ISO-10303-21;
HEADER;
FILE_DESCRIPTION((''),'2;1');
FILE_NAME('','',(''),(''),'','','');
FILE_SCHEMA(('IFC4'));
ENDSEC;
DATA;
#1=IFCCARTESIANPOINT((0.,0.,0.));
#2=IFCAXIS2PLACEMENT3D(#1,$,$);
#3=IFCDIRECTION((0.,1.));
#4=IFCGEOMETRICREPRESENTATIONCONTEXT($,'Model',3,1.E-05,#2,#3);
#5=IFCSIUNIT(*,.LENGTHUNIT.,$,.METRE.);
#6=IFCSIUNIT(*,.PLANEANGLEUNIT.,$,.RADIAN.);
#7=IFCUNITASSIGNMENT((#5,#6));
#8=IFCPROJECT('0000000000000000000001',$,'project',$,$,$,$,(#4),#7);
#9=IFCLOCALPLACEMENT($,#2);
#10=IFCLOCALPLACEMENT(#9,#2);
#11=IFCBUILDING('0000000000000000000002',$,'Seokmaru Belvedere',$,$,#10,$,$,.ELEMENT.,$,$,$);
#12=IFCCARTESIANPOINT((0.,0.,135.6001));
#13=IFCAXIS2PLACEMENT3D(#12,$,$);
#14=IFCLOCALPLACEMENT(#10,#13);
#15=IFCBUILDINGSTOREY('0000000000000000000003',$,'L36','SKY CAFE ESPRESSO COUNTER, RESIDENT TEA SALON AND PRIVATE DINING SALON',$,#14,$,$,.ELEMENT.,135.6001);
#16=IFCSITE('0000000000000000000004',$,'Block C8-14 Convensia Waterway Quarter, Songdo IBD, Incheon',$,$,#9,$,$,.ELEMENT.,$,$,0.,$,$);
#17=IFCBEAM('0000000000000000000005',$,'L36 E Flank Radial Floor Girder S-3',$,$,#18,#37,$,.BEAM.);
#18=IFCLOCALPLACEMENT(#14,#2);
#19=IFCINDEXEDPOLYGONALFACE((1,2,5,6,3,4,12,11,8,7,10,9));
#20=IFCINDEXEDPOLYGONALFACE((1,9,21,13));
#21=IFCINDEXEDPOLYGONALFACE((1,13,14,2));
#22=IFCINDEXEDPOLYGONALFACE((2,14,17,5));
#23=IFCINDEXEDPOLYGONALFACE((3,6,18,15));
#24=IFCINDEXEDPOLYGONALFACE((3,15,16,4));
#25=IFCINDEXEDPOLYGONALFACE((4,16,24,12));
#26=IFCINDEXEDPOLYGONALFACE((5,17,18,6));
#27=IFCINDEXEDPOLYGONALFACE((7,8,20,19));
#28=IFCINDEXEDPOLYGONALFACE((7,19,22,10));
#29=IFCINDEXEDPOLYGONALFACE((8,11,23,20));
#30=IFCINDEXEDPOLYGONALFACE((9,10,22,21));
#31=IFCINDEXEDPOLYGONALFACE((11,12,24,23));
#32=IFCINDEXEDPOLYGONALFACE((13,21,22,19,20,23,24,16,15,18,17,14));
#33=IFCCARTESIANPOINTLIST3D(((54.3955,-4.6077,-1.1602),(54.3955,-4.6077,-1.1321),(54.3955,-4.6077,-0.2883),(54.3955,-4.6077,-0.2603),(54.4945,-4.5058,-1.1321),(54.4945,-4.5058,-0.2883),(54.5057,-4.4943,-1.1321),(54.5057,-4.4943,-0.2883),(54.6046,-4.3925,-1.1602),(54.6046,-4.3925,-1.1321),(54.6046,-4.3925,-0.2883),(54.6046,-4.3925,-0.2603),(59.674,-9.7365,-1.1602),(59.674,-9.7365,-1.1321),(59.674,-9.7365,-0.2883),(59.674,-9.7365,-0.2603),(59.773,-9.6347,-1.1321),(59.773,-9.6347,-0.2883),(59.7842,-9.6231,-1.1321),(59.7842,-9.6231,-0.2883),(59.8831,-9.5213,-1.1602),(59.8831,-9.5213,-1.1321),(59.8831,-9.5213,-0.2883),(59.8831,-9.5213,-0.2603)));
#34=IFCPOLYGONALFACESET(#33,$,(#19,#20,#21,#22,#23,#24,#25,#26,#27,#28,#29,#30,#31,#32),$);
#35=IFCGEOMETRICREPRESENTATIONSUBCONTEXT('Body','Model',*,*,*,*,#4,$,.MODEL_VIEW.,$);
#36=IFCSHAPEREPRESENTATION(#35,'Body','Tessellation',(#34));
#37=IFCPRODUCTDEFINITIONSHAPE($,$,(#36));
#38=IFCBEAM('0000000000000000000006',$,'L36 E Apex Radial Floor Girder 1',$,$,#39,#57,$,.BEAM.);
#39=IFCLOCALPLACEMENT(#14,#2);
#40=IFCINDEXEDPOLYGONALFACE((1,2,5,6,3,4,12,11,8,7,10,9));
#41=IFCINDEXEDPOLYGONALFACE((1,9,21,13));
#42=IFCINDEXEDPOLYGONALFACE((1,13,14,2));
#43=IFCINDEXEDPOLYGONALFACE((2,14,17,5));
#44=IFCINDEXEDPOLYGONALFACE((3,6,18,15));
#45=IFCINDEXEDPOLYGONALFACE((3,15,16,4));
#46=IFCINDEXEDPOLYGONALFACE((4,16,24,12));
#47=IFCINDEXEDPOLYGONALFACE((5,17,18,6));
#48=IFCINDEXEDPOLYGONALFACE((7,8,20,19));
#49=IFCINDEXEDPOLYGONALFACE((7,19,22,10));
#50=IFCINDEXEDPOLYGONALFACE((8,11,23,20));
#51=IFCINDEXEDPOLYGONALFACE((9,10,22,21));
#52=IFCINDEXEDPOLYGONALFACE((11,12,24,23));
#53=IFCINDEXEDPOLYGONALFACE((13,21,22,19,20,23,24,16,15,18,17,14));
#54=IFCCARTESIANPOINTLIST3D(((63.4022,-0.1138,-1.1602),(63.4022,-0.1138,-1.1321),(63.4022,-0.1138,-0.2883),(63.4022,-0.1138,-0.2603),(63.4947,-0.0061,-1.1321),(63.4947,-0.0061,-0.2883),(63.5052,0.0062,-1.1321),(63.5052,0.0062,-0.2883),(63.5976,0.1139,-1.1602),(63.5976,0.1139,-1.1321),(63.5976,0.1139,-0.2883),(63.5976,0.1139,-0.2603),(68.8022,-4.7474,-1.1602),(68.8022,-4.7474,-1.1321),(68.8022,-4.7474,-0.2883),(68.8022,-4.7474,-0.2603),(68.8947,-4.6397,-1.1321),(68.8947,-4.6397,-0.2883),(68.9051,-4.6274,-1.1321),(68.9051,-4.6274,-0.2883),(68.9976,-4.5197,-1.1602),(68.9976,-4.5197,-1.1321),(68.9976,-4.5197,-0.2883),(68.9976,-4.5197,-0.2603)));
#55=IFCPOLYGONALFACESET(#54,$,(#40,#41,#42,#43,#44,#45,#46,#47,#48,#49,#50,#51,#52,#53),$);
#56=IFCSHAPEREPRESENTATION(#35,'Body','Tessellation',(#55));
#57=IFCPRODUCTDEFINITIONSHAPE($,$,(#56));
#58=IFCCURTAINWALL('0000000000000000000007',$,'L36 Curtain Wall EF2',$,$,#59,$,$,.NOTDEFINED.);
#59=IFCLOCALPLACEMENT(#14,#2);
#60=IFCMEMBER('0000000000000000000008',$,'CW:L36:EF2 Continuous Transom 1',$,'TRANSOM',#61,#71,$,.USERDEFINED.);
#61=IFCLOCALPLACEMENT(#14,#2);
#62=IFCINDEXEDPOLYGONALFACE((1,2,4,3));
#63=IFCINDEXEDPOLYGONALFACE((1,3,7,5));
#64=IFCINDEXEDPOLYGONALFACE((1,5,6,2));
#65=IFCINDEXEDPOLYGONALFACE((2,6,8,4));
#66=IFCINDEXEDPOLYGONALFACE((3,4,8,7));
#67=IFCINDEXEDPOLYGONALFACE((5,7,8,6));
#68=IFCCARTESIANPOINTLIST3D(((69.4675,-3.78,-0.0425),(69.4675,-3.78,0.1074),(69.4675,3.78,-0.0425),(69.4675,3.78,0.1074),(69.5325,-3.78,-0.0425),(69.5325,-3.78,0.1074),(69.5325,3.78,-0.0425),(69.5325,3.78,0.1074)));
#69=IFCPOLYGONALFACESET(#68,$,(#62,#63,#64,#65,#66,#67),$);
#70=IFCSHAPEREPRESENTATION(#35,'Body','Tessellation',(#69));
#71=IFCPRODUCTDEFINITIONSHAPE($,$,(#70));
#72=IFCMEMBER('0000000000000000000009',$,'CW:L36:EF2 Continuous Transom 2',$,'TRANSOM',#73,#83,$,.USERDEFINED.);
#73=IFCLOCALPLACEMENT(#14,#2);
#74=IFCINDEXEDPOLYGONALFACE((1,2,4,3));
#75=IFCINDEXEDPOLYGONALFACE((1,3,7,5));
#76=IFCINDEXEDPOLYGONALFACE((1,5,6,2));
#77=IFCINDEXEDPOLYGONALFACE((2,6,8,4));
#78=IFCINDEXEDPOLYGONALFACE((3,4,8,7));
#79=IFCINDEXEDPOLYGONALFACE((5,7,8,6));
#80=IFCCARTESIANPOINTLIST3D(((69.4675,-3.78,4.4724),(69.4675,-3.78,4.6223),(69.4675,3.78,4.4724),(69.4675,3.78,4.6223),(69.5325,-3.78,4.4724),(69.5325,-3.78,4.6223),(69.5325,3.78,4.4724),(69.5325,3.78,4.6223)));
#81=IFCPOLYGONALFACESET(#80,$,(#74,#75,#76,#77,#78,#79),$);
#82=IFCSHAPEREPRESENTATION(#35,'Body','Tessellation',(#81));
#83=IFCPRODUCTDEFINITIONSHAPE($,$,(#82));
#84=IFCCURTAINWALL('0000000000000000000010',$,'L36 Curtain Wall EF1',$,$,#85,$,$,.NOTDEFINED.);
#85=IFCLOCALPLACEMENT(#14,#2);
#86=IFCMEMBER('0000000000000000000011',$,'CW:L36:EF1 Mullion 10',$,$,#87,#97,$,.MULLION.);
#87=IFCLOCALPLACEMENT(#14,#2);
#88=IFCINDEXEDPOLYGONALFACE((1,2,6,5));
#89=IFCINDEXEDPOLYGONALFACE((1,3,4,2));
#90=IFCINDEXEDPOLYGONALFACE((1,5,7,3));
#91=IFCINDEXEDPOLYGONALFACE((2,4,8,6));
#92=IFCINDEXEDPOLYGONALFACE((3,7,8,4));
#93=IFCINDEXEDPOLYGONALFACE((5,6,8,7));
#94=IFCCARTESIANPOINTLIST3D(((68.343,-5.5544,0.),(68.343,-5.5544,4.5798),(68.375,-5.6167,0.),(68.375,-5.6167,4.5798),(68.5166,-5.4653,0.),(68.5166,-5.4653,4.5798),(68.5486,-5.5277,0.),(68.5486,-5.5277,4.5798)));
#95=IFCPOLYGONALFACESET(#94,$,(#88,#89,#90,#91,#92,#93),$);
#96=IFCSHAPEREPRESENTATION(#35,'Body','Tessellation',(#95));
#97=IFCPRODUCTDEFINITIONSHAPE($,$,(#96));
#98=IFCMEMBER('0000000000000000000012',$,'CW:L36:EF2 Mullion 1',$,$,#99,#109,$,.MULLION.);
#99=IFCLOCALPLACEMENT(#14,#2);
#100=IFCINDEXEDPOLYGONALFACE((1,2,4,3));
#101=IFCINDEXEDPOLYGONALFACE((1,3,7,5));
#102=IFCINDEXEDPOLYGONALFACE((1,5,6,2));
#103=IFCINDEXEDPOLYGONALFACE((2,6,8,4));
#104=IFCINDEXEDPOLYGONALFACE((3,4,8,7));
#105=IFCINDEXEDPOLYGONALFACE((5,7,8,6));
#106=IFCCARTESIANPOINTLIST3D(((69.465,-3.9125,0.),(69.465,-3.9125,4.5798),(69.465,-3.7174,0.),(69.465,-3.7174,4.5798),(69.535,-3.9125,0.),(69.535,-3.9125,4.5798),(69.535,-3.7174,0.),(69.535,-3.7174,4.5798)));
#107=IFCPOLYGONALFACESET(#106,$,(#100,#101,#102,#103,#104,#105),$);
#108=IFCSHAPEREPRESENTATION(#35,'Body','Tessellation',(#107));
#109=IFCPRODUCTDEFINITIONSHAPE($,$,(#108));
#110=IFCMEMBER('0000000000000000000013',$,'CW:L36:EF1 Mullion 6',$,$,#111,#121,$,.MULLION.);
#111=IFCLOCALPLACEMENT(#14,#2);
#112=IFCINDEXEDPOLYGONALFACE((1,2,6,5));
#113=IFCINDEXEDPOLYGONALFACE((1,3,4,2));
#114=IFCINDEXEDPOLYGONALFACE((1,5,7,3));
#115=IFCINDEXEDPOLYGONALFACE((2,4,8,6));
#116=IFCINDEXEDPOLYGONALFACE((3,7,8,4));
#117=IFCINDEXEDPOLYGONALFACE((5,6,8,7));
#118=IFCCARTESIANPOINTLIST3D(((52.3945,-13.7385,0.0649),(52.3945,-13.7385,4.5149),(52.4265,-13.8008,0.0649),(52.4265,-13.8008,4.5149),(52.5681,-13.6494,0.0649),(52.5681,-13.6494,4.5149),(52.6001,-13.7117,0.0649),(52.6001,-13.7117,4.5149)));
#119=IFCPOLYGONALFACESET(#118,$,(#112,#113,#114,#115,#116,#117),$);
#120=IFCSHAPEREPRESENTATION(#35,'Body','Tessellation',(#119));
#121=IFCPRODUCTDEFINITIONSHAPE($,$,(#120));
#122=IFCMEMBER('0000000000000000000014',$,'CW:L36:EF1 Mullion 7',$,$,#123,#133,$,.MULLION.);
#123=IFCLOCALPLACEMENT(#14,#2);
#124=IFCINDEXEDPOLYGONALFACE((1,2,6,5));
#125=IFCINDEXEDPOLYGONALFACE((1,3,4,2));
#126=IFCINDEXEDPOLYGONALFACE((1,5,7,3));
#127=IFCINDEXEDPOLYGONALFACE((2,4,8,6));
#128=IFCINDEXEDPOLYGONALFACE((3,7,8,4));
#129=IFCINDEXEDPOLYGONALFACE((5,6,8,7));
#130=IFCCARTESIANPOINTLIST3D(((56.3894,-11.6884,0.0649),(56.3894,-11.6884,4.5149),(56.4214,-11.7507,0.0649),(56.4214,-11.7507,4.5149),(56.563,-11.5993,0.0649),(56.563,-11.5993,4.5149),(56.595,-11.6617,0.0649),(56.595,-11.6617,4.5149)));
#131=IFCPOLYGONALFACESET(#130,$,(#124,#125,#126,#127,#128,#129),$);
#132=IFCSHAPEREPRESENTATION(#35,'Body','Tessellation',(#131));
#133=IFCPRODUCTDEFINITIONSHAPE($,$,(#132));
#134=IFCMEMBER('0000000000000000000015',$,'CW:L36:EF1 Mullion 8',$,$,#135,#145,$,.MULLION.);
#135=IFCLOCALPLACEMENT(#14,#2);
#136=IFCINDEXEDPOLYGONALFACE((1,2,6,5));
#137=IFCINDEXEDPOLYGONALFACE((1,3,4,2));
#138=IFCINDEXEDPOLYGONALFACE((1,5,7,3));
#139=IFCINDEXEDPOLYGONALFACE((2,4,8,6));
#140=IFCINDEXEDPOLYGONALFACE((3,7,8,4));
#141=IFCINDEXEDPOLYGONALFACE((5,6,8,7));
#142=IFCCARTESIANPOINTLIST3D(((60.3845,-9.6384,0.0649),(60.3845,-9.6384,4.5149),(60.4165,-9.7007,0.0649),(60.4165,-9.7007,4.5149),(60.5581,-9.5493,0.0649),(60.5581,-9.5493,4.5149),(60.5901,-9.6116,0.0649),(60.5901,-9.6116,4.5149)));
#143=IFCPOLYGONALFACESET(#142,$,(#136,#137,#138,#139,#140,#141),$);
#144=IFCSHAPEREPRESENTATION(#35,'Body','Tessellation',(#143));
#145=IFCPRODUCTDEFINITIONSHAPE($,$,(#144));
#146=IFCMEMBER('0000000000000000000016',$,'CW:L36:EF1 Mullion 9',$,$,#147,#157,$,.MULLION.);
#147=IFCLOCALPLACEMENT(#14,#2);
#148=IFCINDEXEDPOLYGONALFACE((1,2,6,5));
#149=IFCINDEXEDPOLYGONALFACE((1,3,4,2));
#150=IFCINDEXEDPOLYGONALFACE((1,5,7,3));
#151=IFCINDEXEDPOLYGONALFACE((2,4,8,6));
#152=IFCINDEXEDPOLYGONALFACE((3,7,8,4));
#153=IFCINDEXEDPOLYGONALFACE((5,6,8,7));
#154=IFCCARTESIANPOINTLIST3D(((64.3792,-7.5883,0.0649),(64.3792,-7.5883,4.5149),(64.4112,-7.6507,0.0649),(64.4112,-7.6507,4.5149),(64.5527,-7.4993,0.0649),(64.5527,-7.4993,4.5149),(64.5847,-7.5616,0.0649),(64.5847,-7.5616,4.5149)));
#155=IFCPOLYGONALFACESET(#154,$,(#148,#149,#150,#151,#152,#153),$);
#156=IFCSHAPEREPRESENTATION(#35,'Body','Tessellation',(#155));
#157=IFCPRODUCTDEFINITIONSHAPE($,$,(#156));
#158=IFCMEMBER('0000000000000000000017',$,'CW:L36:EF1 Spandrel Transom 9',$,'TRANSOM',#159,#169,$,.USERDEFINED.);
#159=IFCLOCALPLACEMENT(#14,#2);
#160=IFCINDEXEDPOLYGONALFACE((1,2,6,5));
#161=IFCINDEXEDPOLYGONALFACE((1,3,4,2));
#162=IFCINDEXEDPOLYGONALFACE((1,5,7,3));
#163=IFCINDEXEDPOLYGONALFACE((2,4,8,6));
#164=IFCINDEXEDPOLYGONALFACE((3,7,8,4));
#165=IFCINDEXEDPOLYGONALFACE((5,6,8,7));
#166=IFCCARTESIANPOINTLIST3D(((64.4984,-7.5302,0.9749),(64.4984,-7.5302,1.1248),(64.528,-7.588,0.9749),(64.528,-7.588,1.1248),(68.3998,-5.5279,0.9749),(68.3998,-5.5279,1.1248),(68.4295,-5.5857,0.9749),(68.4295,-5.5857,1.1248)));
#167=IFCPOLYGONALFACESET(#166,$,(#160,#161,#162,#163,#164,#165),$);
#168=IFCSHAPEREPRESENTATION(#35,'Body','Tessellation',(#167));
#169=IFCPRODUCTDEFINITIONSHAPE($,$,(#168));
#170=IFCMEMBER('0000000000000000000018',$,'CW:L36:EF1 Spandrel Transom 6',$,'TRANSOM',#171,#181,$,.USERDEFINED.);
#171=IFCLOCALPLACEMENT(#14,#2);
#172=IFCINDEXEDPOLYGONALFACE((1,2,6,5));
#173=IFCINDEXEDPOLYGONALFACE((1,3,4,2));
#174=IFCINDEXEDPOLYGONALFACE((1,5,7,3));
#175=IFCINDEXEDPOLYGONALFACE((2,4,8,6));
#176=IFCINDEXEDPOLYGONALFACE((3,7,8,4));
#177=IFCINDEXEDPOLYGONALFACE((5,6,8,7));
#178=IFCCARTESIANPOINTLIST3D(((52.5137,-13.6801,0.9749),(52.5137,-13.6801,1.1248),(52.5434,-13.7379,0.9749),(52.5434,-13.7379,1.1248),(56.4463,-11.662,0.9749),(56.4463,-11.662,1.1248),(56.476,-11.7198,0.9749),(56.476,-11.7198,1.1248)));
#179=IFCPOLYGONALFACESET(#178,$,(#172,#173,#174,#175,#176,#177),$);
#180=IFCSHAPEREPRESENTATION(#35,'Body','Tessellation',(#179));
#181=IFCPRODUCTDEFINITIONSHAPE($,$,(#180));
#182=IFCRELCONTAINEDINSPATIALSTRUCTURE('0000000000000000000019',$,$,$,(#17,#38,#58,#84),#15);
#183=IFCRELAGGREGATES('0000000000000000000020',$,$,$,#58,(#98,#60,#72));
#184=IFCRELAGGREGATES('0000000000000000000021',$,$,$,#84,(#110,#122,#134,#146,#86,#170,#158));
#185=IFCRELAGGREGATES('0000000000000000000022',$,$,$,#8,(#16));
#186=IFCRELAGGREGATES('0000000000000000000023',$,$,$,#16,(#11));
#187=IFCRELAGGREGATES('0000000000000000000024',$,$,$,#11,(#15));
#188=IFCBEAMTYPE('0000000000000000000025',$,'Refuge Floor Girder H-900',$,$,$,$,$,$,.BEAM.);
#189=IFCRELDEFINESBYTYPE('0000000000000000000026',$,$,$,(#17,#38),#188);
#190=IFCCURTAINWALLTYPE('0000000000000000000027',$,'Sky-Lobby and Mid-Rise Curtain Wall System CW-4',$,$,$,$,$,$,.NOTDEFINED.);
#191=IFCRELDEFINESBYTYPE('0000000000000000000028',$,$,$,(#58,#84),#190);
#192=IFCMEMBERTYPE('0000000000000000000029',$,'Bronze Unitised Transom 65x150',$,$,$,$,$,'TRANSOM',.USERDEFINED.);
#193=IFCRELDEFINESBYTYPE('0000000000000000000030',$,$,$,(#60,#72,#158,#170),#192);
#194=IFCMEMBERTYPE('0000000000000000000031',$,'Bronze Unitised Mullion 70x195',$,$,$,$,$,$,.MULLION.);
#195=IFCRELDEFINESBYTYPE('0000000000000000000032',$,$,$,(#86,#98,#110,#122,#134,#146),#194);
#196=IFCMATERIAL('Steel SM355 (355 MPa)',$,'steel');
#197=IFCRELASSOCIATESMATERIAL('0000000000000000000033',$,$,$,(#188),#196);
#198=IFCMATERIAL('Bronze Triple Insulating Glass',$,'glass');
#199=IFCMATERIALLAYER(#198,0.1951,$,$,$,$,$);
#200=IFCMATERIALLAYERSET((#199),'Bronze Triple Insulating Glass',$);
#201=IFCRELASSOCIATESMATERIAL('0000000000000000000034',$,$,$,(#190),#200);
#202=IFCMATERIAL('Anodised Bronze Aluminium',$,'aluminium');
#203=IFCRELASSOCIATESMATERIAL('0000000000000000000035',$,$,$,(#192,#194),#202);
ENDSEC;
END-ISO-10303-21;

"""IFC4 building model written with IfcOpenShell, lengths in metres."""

from ifc_helpers import new_model, si_unit, direction, frame, origin, origin_2d, place, context, subcontext, project, spatial, rectangle, i_section, extrude, source, transform, mapped, material, layer, layer_set, material_profile, profile_set, type_object, type_shapes, element, aggregate, save


model = new_model("IFC4")

# Units and contexts
model_context = context("Model", 3, precision=1e-05, world=origin(), true_north=direction((0.0, 1.0)))
body_context = subcontext(model_context, "Body", "Model", "MODEL_VIEW")
ifc_project = project(units=[si_unit("LENGTHUNIT", "METRE"), si_unit("PLANEANGLEUNIT", "RADIAN")], contexts=[model_context])

# Site, building, storey
site_placement = place(None, origin())
site = spatial("IfcSite", under=ifc_project, at=site_placement, Name="Block C8-14 Convensia Waterway Quarter, Songdo IBD, Incheon", CompositionType="ELEMENT", RefElevation=0.0)
building_placement = place(site_placement, origin())
building = spatial("IfcBuilding", under=site, at=building_placement, Name="Seokmaru Belvedere", CompositionType="ELEMENT")
storey_placement = place(building_placement, frame((0.0, 0.0, 135.6001)))
storey = spatial("IfcBuildingStorey", under=building, at=storey_placement, Name="L36", Description="SKY CAFE ESPRESSO COUNTER, RESIDENT TEA SALON AND PRIVATE DINING SALON", CompositionType="ELEMENT", Elevation=135.6001)

# Shared definitions
ifc_material_1 = material(Name="Steel SM355 (355 MPa)", Category="steel")

# Beams
ifc_material_profile_1 = material_profile(ifc_material_1, i_section(OverallWidth=0.3, OverallDepth=0.8999, WebThickness=0.0161, FlangeThickness=0.0281, at=origin_2d()), Name="H-900x300x16x28")
ifc_profile_set_1 = profile_set([ifc_material_profile_1], Name="Steel SM355 (355 MPa)")
beam_type_1 = type_object("IfcBeamType", Name="Refuge Floor Girder H-900", PredefinedType="BEAM", material=ifc_profile_set_1)
shared_shape_1 = source(origin(), body_context, "Body", "SweptSolid", [
    extrude(i_section(OverallWidth=0.3, OverallDepth=0.8999, WebThickness=0.0161, FlangeThickness=0.0281, at=origin_2d()), origin(), (0.0, 0.0, 1.0), 7.3599),
])
beam_1_placement = place(storey_placement, frame((59.7786, -9.6289, -0.7102), z_axis=(-0.717201, 0.696867, 0.0), x_axis=(-0.696867, -0.717201, 0.0)))
element("IfcBeam", 1, at=beam_1_placement, inside=storey, type_object=beam_type_1, Name="L36 E Flank Radial Floor Girder S-3", PredefinedType="BEAM", context=body_context, shape_type="MappedRepresentation", body=[
    mapped(shared_shape_1, transform((0.0, 0.0, 0.0), scale=1.0)),
])
shared_shape_2 = source(origin(), body_context, "Body", "SweptSolid", [
    extrude(i_section(OverallWidth=0.3, OverallDepth=0.8999, WebThickness=0.0161, FlangeThickness=0.0281, at=origin_2d()), origin(), (0.0, 0.0, 1.0), 7.1155),
])
beam_2_placement = place(storey_placement, frame((68.8999, -4.6335, -0.7102), z_axis=(-0.758905, 0.651201, 0.0), x_axis=(-0.651201, -0.758905, 0.0)))
element("IfcBeam", 2, at=beam_2_placement, inside=storey, type_object=beam_type_1, Name="L36 E Apex Radial Floor Girder 1", PredefinedType="BEAM", context=body_context, shape_type="MappedRepresentation", body=[
    mapped(shared_shape_2, transform((0.0, 0.0, 0.0), scale=1.0)),
])

# Curtain wall, members
ifc_material_2 = material(Name="Bronze Triple Insulating Glass", Category="glass")
ifc_layer_1 = layer(ifc_material_2, 0.1951)
ifc_layer_set_1 = layer_set([ifc_layer_1], Name="Bronze Triple Insulating Glass")
curtain_wall_type = type_object("IfcCurtainWallType", Name="Sky-Lobby and Mid-Rise Curtain Wall System CW-4", PredefinedType="NOTDEFINED", material=ifc_layer_set_1)
curtain_wall_1_placement = place(storey_placement, origin())
curtain_wall_1 = element("IfcCurtainWall", 3, at=curtain_wall_1_placement, inside=storey, type_object=curtain_wall_type, Name="L36 Curtain Wall EF2", PredefinedType="NOTDEFINED")
ifc_material_3 = material(Name="Anodised Bronze Aluminium", Category="aluminium")
ifc_material_profile_2 = material_profile(ifc_material_3, rectangle(XDim=0.0649, YDim=0.1499, at=origin_2d()), Name="CW-T-65x150")
ifc_profile_set_2 = profile_set([ifc_material_profile_2], Name="Anodised Bronze Aluminium")
member_type_1 = type_object("IfcMemberType", Name="Bronze Unitised Transom 65x150", ElementType="TRANSOM", PredefinedType="USERDEFINED", material=ifc_profile_set_2)
shared_shape_3 = source(origin(), body_context, "Body", "SweptSolid", [
    extrude(rectangle(XDim=0.0649, YDim=0.1499, at=origin_2d()), origin(), (0.0, 0.0, 1.0), 7.5601),
])
member_1_placement = place(storey_placement, frame((69.5, -3.78, 0.0325), z_axis=(0.0, 1.0, 0.0), x_axis=(-1.0, 0.0, 0.0)))
member_1 = element("IfcMember", 4, at=member_1_placement, type_object=member_type_1, Name="CW:L36:EF2 Continuous Transom 1", ObjectType="TRANSOM", PredefinedType="USERDEFINED", context=body_context, shape_type="MappedRepresentation", body=[
    mapped(shared_shape_3, transform((0.0, 0.0, 0.0), scale=1.0)),
])
member_2_placement = place(storey_placement, frame((69.5, -3.78, 4.5474), z_axis=(0.0, 1.0, 0.0), x_axis=(-1.0, 0.0, 0.0)))
member_2 = element("IfcMember", 5, at=member_2_placement, type_object=member_type_1, Name="CW:L36:EF2 Continuous Transom 2", ObjectType="TRANSOM", PredefinedType="USERDEFINED", context=body_context, shape_type="MappedRepresentation", body=[
    mapped(shared_shape_3, transform((0.0, 0.0, 0.0), scale=1.0)),
])

# Curtain wall, member
curtain_wall_2_placement = place(storey_placement, origin())
curtain_wall_2 = element("IfcCurtainWall", 6, at=curtain_wall_2_placement, inside=storey, type_object=curtain_wall_type, Name="L36 Curtain Wall EF1", PredefinedType="NOTDEFINED")
ifc_material_profile_3 = material_profile(ifc_material_3, rectangle(XDim=0.0701, YDim=0.1951, at=origin_2d()), Name="CW-M-70x195")
ifc_profile_set_3 = profile_set([ifc_material_profile_3], Name="Anodised Bronze Aluminium")
member_type_2 = type_object("IfcMemberType", Name="Bronze Unitised Mullion 70x195", PredefinedType="MULLION", material=ifc_profile_set_3)
shared_shape_4 = source(origin(), body_context, "Body", "SweptSolid", [
    extrude(rectangle(XDim=0.0701, YDim=0.1951, at=origin_2d()), origin(), (0.0, 0.0, 1.0), 4.5798),
])
member_3_placement = place(storey_placement, frame((68.4458, -5.541, 0.0), z_axis=(0.0, 0.0, 1.0), x_axis=(-0.456555, 0.889695, 0.0)))
member_3 = element("IfcMember", 7, at=member_3_placement, type_object=member_type_2, Name="CW:L36:EF1 Mullion 10", PredefinedType="MULLION", context=body_context, shape_type="MappedRepresentation", body=[
    mapped(shared_shape_4, transform((0.0, 0.0, 0.0), scale=1.0)),
])

# Members
member_4_placement = place(storey_placement, frame((69.5, -3.8149, 0.0), z_axis=(0.0, 0.0, 1.0), x_axis=(-1.0, 0.0, 0.0)))
member_4 = element("IfcMember", 8, at=member_4_placement, type_object=member_type_2, Name="CW:L36:EF2 Mullion 1", PredefinedType="MULLION", context=body_context, shape_type="MappedRepresentation", body=[
    mapped(shared_shape_4, transform((0.0, 0.0, 0.0), scale=1.0)),
])
shared_shape_5 = source(origin(), body_context, "Body", "SweptSolid", [
    extrude(rectangle(XDim=0.0701, YDim=0.1951, at=origin_2d()), origin(), (0.0, 0.0, 1.0), 4.45),
])
type_shapes(member_type_2, [shared_shape_4, shared_shape_5])
member_5_placement = place(storey_placement, frame((52.4973, -13.7251, 0.0649), z_axis=(0.0, 0.0, 1.0), x_axis=(-0.456555, 0.889695, 0.0)))
member_5 = element("IfcMember", 9, at=member_5_placement, type_object=member_type_2, Name="CW:L36:EF1 Mullion 6", PredefinedType="MULLION", context=body_context, shape_type="MappedRepresentation", body=[
    mapped(shared_shape_5, transform((0.0, 0.0, 0.0), scale=1.0)),
])
member_6_placement = place(storey_placement, frame((56.4922, -11.675, 0.0649), z_axis=(0.0, 0.0, 1.0), x_axis=(-0.456555, 0.889695, 0.0)))
member_6 = element("IfcMember", 10, at=member_6_placement, type_object=member_type_2, Name="CW:L36:EF1 Mullion 7", PredefinedType="MULLION", context=body_context, shape_type="MappedRepresentation", body=[
    mapped(shared_shape_5, transform((0.0, 0.0, 0.0), scale=1.0)),
])
member_7_placement = place(storey_placement, frame((60.4873, -9.625, 0.0649), z_axis=(0.0, 0.0, 1.0), x_axis=(-0.456555, 0.889695, 0.0)))
member_7 = element("IfcMember", 11, at=member_7_placement, type_object=member_type_2, Name="CW:L36:EF1 Mullion 8", PredefinedType="MULLION", context=body_context, shape_type="MappedRepresentation", body=[
    mapped(shared_shape_5, transform((0.0, 0.0, 0.0), scale=1.0)),
])
member_8_placement = place(storey_placement, frame((64.4819, -7.575, 0.0649), z_axis=(0.0, 0.0, 1.0), x_axis=(-0.456555, 0.889695, 0.0)))
member_8 = element("IfcMember", 12, at=member_8_placement, type_object=member_type_2, Name="CW:L36:EF1 Mullion 9", PredefinedType="MULLION", context=body_context, shape_type="MappedRepresentation", body=[
    mapped(shared_shape_5, transform((0.0, 0.0, 0.0), scale=1.0)),
])
shared_shape_6 = source(origin(), body_context, "Body", "SweptSolid", [
    extrude(rectangle(XDim=0.0649, YDim=0.1499, at=origin_2d()), origin(), (0.0, 0.0, 1.0), 4.3853),
])
member_9_placement = place(storey_placement, frame((64.5132, -7.5591, 1.0498), z_axis=(0.889679, 0.456587, 0.0), x_axis=(-0.456587, 0.889679, 0.0)))
member_9 = element("IfcMember", 13, at=member_9_placement, type_object=member_type_1, Name="CW:L36:EF1 Spandrel Transom 9", ObjectType="TRANSOM", PredefinedType="USERDEFINED", context=body_context, shape_type="MappedRepresentation", body=[
    mapped(shared_shape_6, transform((0.0, 0.0, 0.0), scale=1.0)),
])
shared_shape_7 = source(origin(), body_context, "Body", "SweptSolid", [
    extrude(rectangle(XDim=0.0649, YDim=0.1499, at=origin_2d()), origin(), (0.0, 0.0, 1.0), 4.4202),
])
member_10_placement = place(storey_placement, frame((52.5286, -13.709, 1.0498), z_axis=(0.889694, 0.456557, 0.0), x_axis=(-0.456557, 0.889694, 0.0)))
member_10 = element("IfcMember", 14, at=member_10_placement, type_object=member_type_1, Name="CW:L36:EF1 Spandrel Transom 6", ObjectType="TRANSOM", PredefinedType="USERDEFINED", context=body_context, shape_type="MappedRepresentation", body=[
    mapped(shared_shape_7, transform((0.0, 0.0, 0.0), scale=1.0)),
])
aggregate(curtain_wall_1, [member_4, member_1, member_2])

aggregate(curtain_wall_2, [member_5, member_6, member_7, member_8, member_3, member_10, member_9])

save(model, "model.ifc")
